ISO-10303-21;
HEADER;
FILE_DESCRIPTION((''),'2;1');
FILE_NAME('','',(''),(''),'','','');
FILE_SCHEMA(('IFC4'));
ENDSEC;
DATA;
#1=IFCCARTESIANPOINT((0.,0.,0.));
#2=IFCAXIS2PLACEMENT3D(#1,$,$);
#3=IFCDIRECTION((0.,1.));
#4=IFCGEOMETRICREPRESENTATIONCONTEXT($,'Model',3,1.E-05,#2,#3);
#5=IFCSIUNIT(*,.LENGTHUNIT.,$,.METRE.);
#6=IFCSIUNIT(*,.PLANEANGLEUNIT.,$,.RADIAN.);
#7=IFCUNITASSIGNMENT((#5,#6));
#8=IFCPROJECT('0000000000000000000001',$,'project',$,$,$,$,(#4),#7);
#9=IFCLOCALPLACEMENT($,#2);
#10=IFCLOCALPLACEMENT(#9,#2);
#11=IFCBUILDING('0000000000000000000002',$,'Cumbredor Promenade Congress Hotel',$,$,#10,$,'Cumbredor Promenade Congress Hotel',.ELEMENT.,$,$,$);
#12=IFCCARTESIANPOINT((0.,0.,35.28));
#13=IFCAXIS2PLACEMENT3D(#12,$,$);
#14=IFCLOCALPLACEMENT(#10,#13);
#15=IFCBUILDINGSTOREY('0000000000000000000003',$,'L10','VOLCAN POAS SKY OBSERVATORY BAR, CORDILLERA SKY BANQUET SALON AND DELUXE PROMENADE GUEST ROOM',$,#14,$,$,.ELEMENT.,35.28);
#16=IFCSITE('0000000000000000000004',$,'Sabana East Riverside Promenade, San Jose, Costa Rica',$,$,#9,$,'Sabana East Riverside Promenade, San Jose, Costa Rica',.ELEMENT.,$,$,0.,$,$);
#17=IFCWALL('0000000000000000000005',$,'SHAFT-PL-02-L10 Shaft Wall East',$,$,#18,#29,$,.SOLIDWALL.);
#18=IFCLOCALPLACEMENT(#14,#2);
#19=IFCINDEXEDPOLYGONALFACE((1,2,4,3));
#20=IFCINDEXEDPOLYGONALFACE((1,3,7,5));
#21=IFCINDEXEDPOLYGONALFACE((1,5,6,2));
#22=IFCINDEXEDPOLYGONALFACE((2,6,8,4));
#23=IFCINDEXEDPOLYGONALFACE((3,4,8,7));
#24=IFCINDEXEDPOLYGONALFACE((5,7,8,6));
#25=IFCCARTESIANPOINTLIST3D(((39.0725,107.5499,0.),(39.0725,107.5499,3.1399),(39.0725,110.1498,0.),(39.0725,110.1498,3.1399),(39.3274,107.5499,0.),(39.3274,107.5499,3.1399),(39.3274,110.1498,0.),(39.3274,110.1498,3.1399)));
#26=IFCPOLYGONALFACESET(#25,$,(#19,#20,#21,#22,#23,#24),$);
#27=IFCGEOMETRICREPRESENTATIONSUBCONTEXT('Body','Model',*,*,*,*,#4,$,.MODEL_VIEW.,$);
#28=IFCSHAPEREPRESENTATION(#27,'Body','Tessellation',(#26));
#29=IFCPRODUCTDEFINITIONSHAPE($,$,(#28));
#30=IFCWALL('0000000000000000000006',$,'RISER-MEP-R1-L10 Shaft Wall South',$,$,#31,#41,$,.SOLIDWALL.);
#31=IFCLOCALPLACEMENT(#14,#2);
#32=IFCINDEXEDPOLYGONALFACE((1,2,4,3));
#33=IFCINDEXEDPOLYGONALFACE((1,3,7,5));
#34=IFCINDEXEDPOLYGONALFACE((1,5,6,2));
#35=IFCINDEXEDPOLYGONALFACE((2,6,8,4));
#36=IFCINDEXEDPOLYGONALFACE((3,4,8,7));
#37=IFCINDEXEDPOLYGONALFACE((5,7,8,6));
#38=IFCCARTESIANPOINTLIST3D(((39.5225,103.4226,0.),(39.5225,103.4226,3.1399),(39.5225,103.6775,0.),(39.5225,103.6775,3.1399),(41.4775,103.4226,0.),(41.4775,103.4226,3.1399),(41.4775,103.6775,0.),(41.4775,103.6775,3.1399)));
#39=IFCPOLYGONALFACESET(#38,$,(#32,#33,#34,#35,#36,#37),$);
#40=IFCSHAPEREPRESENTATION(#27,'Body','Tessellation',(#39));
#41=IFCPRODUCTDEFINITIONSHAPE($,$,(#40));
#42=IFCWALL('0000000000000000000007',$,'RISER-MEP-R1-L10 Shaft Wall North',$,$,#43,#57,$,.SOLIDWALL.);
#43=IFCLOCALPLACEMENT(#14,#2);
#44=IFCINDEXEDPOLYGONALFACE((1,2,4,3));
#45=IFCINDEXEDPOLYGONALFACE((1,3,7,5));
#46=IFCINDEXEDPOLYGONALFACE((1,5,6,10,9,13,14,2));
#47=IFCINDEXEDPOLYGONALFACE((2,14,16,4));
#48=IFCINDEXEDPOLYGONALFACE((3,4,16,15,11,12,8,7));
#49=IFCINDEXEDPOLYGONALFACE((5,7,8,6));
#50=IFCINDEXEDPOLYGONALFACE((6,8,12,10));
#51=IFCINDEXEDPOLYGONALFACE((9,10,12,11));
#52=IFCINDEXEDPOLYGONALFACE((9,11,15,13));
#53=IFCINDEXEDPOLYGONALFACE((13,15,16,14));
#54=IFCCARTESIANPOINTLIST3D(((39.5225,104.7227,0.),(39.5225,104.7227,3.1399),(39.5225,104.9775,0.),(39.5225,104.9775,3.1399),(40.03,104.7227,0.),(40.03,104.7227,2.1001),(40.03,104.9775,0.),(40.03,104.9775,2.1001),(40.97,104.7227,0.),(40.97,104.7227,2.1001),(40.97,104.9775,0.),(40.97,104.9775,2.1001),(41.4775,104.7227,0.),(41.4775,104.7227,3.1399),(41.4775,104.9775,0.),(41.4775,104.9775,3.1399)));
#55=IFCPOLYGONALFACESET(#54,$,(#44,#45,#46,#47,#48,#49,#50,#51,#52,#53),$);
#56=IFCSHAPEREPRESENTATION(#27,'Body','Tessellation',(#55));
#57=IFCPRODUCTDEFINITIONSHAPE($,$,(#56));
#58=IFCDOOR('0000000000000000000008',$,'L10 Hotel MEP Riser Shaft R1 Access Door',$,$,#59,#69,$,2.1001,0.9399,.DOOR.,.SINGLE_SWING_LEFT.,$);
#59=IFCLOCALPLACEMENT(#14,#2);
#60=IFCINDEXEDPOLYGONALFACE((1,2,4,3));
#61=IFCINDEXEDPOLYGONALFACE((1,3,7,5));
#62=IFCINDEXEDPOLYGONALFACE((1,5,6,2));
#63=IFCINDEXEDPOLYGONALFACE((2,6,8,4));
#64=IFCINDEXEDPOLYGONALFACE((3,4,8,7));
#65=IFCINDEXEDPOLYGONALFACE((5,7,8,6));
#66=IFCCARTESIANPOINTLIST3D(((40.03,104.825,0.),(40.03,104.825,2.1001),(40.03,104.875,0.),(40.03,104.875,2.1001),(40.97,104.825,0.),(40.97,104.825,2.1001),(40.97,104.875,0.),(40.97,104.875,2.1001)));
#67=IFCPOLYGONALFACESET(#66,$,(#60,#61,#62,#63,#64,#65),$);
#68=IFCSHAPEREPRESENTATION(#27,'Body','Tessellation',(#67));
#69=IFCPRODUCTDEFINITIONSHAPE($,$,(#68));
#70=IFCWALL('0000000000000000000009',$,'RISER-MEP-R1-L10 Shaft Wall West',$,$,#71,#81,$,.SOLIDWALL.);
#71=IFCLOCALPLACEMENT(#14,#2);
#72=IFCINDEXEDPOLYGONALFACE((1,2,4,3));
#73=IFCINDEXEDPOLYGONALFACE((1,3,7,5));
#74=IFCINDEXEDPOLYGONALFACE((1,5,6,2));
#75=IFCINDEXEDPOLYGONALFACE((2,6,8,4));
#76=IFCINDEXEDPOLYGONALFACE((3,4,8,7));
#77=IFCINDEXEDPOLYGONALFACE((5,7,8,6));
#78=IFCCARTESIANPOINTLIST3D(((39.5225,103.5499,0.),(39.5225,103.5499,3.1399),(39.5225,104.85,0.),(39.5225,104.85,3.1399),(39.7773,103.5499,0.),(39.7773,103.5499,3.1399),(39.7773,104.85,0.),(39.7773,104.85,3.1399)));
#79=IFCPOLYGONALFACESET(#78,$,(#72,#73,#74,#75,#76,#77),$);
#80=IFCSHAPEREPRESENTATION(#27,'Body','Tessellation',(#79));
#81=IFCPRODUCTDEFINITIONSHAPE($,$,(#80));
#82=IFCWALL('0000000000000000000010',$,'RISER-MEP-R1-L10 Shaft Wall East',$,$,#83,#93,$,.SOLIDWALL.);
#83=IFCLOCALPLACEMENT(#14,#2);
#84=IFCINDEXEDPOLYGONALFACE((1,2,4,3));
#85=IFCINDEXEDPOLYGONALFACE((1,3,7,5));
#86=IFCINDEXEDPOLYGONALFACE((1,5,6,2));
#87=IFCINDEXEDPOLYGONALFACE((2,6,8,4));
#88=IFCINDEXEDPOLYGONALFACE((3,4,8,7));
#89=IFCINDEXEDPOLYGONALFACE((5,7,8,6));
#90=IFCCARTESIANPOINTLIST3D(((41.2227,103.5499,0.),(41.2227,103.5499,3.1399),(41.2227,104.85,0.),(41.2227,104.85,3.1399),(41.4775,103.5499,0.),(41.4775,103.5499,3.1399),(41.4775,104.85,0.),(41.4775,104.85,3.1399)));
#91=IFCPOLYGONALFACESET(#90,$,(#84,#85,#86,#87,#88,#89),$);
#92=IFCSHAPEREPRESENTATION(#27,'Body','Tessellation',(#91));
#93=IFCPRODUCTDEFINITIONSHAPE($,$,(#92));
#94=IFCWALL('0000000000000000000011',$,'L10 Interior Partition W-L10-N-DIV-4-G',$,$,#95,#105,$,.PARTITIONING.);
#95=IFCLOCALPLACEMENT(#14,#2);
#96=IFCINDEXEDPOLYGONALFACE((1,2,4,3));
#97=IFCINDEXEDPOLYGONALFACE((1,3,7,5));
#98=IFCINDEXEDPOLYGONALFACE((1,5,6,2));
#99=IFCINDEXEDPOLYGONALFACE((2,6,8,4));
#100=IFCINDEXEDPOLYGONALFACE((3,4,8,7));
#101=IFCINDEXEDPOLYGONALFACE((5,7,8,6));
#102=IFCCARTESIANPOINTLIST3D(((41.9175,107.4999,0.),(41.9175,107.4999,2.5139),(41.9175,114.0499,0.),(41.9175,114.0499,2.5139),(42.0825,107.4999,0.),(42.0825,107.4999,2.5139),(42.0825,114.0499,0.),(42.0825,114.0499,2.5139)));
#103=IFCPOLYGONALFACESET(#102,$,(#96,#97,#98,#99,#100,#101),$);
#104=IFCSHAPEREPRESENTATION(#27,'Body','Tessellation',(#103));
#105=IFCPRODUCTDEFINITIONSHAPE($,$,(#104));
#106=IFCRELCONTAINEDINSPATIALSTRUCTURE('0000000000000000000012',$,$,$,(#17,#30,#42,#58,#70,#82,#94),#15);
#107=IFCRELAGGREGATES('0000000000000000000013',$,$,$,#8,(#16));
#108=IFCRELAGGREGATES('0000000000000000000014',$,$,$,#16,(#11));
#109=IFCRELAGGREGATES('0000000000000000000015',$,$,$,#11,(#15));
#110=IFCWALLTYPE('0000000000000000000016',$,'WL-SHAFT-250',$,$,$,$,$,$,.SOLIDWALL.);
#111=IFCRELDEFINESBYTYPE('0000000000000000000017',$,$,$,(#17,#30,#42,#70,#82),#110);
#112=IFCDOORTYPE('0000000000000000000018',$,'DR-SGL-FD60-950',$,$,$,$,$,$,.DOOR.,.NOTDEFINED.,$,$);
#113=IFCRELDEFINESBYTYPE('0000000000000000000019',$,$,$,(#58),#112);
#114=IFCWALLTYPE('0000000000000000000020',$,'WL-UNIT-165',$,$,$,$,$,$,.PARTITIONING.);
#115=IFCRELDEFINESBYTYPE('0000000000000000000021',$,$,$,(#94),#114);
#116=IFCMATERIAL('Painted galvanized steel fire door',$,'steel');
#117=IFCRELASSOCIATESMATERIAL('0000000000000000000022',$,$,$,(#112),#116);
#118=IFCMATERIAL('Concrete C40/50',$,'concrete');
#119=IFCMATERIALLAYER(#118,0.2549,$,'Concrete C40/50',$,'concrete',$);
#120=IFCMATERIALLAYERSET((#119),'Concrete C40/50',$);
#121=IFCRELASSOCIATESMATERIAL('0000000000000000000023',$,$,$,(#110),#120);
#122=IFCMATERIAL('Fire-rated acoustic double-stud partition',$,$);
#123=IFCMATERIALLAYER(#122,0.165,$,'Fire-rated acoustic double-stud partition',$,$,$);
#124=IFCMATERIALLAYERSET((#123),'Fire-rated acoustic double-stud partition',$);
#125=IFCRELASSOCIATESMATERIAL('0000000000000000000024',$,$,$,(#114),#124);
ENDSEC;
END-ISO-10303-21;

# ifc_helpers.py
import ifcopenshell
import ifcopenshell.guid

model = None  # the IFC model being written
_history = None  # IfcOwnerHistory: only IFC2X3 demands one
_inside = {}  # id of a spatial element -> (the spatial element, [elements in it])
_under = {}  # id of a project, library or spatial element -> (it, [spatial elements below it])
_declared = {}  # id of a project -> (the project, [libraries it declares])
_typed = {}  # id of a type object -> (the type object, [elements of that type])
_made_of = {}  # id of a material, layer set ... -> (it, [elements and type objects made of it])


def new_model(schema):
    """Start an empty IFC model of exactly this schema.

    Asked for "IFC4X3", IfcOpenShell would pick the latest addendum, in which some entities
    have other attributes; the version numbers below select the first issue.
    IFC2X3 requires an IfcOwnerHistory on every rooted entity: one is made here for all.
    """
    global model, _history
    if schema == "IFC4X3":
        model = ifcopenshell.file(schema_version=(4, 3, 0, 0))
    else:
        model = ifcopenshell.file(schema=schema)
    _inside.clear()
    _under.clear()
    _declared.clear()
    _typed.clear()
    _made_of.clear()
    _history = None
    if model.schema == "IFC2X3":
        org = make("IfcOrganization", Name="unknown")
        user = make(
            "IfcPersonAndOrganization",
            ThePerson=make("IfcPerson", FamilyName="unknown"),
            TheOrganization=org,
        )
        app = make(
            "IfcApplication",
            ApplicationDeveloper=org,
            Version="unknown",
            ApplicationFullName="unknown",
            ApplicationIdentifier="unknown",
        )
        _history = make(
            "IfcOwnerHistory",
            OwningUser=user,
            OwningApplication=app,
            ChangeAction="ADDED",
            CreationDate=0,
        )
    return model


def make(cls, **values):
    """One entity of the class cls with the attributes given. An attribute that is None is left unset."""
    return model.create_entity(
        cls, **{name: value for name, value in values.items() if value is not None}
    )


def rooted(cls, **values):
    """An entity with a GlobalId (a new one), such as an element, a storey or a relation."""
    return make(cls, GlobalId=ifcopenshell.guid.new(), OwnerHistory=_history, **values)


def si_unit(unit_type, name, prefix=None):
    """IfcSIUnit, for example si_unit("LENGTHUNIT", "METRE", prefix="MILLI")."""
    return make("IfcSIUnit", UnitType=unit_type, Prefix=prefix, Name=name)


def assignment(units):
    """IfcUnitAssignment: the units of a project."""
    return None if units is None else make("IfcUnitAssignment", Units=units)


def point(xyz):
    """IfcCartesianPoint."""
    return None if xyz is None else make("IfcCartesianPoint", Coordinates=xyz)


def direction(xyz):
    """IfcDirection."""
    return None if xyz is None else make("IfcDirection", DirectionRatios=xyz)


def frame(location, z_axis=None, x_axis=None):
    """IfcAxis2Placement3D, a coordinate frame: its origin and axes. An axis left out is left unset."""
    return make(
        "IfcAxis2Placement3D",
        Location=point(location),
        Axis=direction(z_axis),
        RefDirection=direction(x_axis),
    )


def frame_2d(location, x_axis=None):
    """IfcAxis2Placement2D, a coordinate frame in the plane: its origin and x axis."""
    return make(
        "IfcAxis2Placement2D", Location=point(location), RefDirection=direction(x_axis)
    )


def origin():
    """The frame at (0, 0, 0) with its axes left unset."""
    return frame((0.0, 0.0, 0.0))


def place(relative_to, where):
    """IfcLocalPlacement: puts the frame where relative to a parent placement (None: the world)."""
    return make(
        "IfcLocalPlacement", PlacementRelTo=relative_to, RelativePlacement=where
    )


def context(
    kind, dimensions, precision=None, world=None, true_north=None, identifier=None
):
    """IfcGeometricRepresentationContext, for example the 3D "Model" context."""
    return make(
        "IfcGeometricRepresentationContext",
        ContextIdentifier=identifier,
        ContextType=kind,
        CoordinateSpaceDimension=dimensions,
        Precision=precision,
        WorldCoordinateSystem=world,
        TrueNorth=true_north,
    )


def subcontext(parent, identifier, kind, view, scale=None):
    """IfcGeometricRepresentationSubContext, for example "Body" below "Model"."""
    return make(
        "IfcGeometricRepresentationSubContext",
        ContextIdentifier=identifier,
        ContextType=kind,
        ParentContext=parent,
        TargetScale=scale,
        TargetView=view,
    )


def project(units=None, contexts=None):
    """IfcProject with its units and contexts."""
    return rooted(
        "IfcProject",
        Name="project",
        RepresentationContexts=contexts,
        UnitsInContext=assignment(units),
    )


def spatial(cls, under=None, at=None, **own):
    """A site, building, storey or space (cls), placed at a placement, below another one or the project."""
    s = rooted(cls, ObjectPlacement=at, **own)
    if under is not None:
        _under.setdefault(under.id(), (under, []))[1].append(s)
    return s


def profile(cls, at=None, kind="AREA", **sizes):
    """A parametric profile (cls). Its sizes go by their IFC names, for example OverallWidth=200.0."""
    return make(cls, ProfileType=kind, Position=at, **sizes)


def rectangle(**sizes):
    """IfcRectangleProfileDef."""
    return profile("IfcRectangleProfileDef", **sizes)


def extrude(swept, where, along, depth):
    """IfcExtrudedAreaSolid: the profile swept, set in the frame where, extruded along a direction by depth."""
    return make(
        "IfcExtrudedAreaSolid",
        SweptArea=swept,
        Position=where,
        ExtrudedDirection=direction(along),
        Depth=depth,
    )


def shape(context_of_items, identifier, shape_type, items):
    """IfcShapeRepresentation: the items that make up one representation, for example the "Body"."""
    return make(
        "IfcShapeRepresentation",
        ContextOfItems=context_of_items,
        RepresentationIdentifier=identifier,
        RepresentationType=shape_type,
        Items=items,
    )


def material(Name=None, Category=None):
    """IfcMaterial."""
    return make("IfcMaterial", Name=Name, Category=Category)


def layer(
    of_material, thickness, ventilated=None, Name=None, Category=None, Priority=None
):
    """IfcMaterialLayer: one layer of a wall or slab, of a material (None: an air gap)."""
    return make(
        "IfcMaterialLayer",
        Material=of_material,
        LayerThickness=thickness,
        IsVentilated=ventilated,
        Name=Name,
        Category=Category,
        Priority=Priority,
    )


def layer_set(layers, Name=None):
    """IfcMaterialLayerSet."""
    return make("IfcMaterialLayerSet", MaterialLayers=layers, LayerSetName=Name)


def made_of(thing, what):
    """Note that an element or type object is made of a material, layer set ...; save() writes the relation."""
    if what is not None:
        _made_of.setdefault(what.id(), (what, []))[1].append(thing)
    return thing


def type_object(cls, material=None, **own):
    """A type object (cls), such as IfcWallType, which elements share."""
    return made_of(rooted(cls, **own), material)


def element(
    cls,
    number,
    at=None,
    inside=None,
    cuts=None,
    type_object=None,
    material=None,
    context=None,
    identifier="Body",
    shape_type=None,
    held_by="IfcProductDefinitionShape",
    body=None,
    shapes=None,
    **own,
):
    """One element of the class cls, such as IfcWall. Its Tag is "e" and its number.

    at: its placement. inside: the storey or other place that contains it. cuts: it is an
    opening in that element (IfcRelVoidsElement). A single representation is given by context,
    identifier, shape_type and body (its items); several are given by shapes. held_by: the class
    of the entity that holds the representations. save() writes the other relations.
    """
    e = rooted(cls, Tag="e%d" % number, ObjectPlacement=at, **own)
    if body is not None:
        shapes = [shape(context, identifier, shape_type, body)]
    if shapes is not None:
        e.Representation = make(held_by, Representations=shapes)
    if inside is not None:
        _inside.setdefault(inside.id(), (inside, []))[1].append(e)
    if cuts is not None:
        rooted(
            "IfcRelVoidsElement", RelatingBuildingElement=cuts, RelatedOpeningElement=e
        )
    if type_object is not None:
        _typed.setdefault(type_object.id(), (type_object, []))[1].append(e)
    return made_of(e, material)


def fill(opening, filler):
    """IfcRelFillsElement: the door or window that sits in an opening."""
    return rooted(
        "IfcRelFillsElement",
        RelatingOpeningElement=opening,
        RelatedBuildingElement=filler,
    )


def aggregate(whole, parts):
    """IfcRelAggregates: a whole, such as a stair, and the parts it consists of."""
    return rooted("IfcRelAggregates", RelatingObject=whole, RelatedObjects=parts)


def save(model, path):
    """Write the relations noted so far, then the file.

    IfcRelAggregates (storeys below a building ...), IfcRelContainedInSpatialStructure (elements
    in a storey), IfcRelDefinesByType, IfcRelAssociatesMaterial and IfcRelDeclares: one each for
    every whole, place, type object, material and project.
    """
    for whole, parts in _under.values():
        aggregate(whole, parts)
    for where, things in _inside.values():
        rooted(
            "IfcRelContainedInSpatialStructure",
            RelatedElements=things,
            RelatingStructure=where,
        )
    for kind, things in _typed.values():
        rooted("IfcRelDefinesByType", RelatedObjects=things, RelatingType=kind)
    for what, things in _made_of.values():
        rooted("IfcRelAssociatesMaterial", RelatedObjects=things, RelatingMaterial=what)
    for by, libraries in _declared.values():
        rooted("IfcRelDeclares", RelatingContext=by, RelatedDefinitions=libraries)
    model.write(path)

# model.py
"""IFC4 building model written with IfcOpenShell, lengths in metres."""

from ifc_helpers import new_model, si_unit, direction, frame, frame_2d, origin, place, context, subcontext, project, spatial, rectangle, extrude, material, layer, layer_set, type_object, element, fill, save


model = new_model("IFC4")

# Units and contexts
model_context = context("Model", 3, precision=1e-05, world=origin(), true_north=direction((0.0, 1.0)))
body_context = subcontext(model_context, "Body", "Model", "MODEL_VIEW")
ifc_project = project(units=[si_unit("LENGTHUNIT", "METRE"), si_unit("PLANEANGLEUNIT", "RADIAN")], contexts=[model_context])

# Site, building, storey
site_placement = place(None, origin())
site = spatial("IfcSite", under=ifc_project, at=site_placement, Name="Sabana East Riverside Promenade, San Jose, Costa Rica", LongName="Sabana East Riverside Promenade, San Jose, Costa Rica", CompositionType="ELEMENT", RefElevation=0.0)
building_placement = place(site_placement, origin())
building = spatial("IfcBuilding", under=site, at=building_placement, Name="Cumbredor Promenade Congress Hotel", LongName="Cumbredor Promenade Congress Hotel", CompositionType="ELEMENT")
storey_placement = place(building_placement, frame((0.0, 0.0, 35.28)))
storey = spatial("IfcBuildingStorey", under=building, at=storey_placement, Name="L10", Description="VOLCAN POAS SKY OBSERVATORY BAR, CORDILLERA SKY BANQUET SALON AND DELUXE PROMENADE GUEST ROOM", CompositionType="ELEMENT", Elevation=35.28)

# Shared definitions
ifc_material_1 = material(Name="Concrete C40/50", Category="concrete")

# Shared definitions
ifc_material_2 = material(Name="Painted galvanized steel fire door", Category="steel")
door_type_1 = type_object("IfcDoorType", Name="DR-SGL-FD60-950", OperationType="NOTDEFINED", PredefinedType="DOOR", material=ifc_material_2)

# Shared definitions
ifc_layer_1 = layer(ifc_material_1, 0.2549, Name="Concrete C40/50", Category="concrete")
ifc_layer_set_1 = layer_set([ifc_layer_1], Name="Concrete C40/50")
wall_type_1 = type_object("IfcWallType", Name="WL-SHAFT-250", PredefinedType="SOLIDWALL", material=ifc_layer_set_1)

# Walls
for number, where, z_axis, x_axis, name in (
    (1, (39.2, 107.55, 0.0), (0.0, 0.0, 1.0), (0.0, 1.0, 0.0), "SHAFT-PL-02-L10 Shaft Wall East"),
):
    element("IfcWall", number, at=place(storey_placement, frame(where, z_axis=z_axis, x_axis=x_axis)), inside=storey, type_object=wall_type_1, Name=name, PredefinedType="SOLIDWALL", context=body_context, shape_type="SweptSolid", body=[
        extrude(rectangle(XDim=2.5999, YDim=0.2549, at=frame_2d((1.2998, 0.0))), origin(), (0.0, 0.0, 1.0), 3.1399),
    ])
wall_1_placement = place(storey_placement, frame((39.5225, 103.55, 0.0), z_axis=(0.0, 0.0, 1.0), x_axis=(1.0, 0.0, 0.0)))
element("IfcWall", 2, at=wall_1_placement, inside=storey, type_object=wall_type_1, Name="RISER-MEP-R1-L10 Shaft Wall South", PredefinedType="SOLIDWALL", context=body_context, shape_type="SweptSolid", body=[
    extrude(rectangle(XDim=1.9551, YDim=0.2549, at=frame_2d((0.9775, 0.0))), origin(), (0.0, 0.0, 1.0), 3.1399),
])

# Wall, opening, door
wall_2_placement = place(storey_placement, frame((39.5225, 104.8501, 0.0), z_axis=(0.0, 0.0, 1.0), x_axis=(1.0, 0.0, 0.0)))
wall_2 = element("IfcWall", 3, at=wall_2_placement, inside=storey, type_object=wall_type_1, Name="RISER-MEP-R1-L10 Shaft Wall North", PredefinedType="SOLIDWALL", context=body_context, shape_type="SweptSolid", body=[
    extrude(rectangle(XDim=1.9551, YDim=0.2549, at=frame_2d((0.9775, 0.0))), origin(), (0.0, 0.0, 1.0), 3.1399),
])
opening_1_placement = place(wall_2_placement, frame((0.5076, 0.0, 0.0)))
opening_1 = element("IfcOpeningElement", 4, at=opening_1_placement, cuts=wall_2, PredefinedType="OPENING", context=body_context, shape_type="SweptSolid", body=[
    extrude(rectangle(XDim=0.9399, YDim=2.1001, at=frame_2d((0.47, 1.05))), frame((0.0, 0.1375, 0.0), z_axis=(0.0, -1.0, 0.0), x_axis=(1.0, 0.0, 0.0)), (0.0, 0.0, 1.0), 0.2749),
])
door_1_placement = place(opening_1_placement, origin())
door_1 = element("IfcDoor", 5, at=door_1_placement, inside=storey, type_object=door_type_1, Name="L10 Hotel MEP Riser Shaft R1 Access Door", OperationType="SINGLE_SWING_LEFT", OverallHeight=2.1001, OverallWidth=0.9399, PredefinedType="DOOR", context=body_context, shape_type="SweptSolid", body=[
    extrude(rectangle(XDim=0.9399, YDim=2.1001, at=frame_2d((0.47, 1.05))), frame((0.0, 0.0249, 0.0), z_axis=(0.0, -1.0, 0.0), x_axis=(1.0, 0.0, 0.0)), (0.0, 0.0, 1.0), 0.05),
])
fill(opening_1, door_1)

# Walls
for number, where, z_axis, x_axis, name in (
    (6, (39.6499, 103.55, 0.0), (0.0, 0.0, 1.0), (0.0, 1.0, 0.0), "RISER-MEP-R1-L10 Shaft Wall West"),
    (7, (41.3501, 103.55, 0.0), (0.0, 0.0, 1.0), (0.0, 1.0, 0.0), "RISER-MEP-R1-L10 Shaft Wall East"),
):
    element("IfcWall", number, at=place(storey_placement, frame(where, z_axis=z_axis, x_axis=x_axis)), inside=storey, type_object=wall_type_1, Name=name, PredefinedType="SOLIDWALL", context=body_context, shape_type="SweptSolid", body=[
        extrude(rectangle(XDim=1.3, YDim=0.2549, at=frame_2d((0.6499, 0.0))), origin(), (0.0, 0.0, 1.0), 3.1399),
    ])
ifc_material_3 = material(Name="Fire-rated acoustic double-stud partition")
ifc_layer_2 = layer(ifc_material_3, 0.165, Name="Fire-rated acoustic double-stud partition")
ifc_layer_set_2 = layer_set([ifc_layer_2], Name="Fire-rated acoustic double-stud partition")
wall_type_2 = type_object("IfcWallType", Name="WL-UNIT-165", PredefinedType="PARTITIONING", material=ifc_layer_set_2)
wall_3_placement = place(storey_placement, frame((42.0, 107.5, 0.0), z_axis=(0.0, 0.0, 1.0), x_axis=(0.0, 1.0, 0.0)))
element("IfcWall", 8, at=wall_3_placement, inside=storey, type_object=wall_type_2, Name="L10 Interior Partition W-L10-N-DIV-4-G", PredefinedType="PARTITIONING", context=body_context, shape_type="SweptSolid", body=[
    extrude(rectangle(XDim=6.55, YDim=0.165, at=frame_2d((3.2749, 0.0))), origin(), (0.0, 0.0, 1.0), 2.5139),
])

save(model, "model.ifc")
